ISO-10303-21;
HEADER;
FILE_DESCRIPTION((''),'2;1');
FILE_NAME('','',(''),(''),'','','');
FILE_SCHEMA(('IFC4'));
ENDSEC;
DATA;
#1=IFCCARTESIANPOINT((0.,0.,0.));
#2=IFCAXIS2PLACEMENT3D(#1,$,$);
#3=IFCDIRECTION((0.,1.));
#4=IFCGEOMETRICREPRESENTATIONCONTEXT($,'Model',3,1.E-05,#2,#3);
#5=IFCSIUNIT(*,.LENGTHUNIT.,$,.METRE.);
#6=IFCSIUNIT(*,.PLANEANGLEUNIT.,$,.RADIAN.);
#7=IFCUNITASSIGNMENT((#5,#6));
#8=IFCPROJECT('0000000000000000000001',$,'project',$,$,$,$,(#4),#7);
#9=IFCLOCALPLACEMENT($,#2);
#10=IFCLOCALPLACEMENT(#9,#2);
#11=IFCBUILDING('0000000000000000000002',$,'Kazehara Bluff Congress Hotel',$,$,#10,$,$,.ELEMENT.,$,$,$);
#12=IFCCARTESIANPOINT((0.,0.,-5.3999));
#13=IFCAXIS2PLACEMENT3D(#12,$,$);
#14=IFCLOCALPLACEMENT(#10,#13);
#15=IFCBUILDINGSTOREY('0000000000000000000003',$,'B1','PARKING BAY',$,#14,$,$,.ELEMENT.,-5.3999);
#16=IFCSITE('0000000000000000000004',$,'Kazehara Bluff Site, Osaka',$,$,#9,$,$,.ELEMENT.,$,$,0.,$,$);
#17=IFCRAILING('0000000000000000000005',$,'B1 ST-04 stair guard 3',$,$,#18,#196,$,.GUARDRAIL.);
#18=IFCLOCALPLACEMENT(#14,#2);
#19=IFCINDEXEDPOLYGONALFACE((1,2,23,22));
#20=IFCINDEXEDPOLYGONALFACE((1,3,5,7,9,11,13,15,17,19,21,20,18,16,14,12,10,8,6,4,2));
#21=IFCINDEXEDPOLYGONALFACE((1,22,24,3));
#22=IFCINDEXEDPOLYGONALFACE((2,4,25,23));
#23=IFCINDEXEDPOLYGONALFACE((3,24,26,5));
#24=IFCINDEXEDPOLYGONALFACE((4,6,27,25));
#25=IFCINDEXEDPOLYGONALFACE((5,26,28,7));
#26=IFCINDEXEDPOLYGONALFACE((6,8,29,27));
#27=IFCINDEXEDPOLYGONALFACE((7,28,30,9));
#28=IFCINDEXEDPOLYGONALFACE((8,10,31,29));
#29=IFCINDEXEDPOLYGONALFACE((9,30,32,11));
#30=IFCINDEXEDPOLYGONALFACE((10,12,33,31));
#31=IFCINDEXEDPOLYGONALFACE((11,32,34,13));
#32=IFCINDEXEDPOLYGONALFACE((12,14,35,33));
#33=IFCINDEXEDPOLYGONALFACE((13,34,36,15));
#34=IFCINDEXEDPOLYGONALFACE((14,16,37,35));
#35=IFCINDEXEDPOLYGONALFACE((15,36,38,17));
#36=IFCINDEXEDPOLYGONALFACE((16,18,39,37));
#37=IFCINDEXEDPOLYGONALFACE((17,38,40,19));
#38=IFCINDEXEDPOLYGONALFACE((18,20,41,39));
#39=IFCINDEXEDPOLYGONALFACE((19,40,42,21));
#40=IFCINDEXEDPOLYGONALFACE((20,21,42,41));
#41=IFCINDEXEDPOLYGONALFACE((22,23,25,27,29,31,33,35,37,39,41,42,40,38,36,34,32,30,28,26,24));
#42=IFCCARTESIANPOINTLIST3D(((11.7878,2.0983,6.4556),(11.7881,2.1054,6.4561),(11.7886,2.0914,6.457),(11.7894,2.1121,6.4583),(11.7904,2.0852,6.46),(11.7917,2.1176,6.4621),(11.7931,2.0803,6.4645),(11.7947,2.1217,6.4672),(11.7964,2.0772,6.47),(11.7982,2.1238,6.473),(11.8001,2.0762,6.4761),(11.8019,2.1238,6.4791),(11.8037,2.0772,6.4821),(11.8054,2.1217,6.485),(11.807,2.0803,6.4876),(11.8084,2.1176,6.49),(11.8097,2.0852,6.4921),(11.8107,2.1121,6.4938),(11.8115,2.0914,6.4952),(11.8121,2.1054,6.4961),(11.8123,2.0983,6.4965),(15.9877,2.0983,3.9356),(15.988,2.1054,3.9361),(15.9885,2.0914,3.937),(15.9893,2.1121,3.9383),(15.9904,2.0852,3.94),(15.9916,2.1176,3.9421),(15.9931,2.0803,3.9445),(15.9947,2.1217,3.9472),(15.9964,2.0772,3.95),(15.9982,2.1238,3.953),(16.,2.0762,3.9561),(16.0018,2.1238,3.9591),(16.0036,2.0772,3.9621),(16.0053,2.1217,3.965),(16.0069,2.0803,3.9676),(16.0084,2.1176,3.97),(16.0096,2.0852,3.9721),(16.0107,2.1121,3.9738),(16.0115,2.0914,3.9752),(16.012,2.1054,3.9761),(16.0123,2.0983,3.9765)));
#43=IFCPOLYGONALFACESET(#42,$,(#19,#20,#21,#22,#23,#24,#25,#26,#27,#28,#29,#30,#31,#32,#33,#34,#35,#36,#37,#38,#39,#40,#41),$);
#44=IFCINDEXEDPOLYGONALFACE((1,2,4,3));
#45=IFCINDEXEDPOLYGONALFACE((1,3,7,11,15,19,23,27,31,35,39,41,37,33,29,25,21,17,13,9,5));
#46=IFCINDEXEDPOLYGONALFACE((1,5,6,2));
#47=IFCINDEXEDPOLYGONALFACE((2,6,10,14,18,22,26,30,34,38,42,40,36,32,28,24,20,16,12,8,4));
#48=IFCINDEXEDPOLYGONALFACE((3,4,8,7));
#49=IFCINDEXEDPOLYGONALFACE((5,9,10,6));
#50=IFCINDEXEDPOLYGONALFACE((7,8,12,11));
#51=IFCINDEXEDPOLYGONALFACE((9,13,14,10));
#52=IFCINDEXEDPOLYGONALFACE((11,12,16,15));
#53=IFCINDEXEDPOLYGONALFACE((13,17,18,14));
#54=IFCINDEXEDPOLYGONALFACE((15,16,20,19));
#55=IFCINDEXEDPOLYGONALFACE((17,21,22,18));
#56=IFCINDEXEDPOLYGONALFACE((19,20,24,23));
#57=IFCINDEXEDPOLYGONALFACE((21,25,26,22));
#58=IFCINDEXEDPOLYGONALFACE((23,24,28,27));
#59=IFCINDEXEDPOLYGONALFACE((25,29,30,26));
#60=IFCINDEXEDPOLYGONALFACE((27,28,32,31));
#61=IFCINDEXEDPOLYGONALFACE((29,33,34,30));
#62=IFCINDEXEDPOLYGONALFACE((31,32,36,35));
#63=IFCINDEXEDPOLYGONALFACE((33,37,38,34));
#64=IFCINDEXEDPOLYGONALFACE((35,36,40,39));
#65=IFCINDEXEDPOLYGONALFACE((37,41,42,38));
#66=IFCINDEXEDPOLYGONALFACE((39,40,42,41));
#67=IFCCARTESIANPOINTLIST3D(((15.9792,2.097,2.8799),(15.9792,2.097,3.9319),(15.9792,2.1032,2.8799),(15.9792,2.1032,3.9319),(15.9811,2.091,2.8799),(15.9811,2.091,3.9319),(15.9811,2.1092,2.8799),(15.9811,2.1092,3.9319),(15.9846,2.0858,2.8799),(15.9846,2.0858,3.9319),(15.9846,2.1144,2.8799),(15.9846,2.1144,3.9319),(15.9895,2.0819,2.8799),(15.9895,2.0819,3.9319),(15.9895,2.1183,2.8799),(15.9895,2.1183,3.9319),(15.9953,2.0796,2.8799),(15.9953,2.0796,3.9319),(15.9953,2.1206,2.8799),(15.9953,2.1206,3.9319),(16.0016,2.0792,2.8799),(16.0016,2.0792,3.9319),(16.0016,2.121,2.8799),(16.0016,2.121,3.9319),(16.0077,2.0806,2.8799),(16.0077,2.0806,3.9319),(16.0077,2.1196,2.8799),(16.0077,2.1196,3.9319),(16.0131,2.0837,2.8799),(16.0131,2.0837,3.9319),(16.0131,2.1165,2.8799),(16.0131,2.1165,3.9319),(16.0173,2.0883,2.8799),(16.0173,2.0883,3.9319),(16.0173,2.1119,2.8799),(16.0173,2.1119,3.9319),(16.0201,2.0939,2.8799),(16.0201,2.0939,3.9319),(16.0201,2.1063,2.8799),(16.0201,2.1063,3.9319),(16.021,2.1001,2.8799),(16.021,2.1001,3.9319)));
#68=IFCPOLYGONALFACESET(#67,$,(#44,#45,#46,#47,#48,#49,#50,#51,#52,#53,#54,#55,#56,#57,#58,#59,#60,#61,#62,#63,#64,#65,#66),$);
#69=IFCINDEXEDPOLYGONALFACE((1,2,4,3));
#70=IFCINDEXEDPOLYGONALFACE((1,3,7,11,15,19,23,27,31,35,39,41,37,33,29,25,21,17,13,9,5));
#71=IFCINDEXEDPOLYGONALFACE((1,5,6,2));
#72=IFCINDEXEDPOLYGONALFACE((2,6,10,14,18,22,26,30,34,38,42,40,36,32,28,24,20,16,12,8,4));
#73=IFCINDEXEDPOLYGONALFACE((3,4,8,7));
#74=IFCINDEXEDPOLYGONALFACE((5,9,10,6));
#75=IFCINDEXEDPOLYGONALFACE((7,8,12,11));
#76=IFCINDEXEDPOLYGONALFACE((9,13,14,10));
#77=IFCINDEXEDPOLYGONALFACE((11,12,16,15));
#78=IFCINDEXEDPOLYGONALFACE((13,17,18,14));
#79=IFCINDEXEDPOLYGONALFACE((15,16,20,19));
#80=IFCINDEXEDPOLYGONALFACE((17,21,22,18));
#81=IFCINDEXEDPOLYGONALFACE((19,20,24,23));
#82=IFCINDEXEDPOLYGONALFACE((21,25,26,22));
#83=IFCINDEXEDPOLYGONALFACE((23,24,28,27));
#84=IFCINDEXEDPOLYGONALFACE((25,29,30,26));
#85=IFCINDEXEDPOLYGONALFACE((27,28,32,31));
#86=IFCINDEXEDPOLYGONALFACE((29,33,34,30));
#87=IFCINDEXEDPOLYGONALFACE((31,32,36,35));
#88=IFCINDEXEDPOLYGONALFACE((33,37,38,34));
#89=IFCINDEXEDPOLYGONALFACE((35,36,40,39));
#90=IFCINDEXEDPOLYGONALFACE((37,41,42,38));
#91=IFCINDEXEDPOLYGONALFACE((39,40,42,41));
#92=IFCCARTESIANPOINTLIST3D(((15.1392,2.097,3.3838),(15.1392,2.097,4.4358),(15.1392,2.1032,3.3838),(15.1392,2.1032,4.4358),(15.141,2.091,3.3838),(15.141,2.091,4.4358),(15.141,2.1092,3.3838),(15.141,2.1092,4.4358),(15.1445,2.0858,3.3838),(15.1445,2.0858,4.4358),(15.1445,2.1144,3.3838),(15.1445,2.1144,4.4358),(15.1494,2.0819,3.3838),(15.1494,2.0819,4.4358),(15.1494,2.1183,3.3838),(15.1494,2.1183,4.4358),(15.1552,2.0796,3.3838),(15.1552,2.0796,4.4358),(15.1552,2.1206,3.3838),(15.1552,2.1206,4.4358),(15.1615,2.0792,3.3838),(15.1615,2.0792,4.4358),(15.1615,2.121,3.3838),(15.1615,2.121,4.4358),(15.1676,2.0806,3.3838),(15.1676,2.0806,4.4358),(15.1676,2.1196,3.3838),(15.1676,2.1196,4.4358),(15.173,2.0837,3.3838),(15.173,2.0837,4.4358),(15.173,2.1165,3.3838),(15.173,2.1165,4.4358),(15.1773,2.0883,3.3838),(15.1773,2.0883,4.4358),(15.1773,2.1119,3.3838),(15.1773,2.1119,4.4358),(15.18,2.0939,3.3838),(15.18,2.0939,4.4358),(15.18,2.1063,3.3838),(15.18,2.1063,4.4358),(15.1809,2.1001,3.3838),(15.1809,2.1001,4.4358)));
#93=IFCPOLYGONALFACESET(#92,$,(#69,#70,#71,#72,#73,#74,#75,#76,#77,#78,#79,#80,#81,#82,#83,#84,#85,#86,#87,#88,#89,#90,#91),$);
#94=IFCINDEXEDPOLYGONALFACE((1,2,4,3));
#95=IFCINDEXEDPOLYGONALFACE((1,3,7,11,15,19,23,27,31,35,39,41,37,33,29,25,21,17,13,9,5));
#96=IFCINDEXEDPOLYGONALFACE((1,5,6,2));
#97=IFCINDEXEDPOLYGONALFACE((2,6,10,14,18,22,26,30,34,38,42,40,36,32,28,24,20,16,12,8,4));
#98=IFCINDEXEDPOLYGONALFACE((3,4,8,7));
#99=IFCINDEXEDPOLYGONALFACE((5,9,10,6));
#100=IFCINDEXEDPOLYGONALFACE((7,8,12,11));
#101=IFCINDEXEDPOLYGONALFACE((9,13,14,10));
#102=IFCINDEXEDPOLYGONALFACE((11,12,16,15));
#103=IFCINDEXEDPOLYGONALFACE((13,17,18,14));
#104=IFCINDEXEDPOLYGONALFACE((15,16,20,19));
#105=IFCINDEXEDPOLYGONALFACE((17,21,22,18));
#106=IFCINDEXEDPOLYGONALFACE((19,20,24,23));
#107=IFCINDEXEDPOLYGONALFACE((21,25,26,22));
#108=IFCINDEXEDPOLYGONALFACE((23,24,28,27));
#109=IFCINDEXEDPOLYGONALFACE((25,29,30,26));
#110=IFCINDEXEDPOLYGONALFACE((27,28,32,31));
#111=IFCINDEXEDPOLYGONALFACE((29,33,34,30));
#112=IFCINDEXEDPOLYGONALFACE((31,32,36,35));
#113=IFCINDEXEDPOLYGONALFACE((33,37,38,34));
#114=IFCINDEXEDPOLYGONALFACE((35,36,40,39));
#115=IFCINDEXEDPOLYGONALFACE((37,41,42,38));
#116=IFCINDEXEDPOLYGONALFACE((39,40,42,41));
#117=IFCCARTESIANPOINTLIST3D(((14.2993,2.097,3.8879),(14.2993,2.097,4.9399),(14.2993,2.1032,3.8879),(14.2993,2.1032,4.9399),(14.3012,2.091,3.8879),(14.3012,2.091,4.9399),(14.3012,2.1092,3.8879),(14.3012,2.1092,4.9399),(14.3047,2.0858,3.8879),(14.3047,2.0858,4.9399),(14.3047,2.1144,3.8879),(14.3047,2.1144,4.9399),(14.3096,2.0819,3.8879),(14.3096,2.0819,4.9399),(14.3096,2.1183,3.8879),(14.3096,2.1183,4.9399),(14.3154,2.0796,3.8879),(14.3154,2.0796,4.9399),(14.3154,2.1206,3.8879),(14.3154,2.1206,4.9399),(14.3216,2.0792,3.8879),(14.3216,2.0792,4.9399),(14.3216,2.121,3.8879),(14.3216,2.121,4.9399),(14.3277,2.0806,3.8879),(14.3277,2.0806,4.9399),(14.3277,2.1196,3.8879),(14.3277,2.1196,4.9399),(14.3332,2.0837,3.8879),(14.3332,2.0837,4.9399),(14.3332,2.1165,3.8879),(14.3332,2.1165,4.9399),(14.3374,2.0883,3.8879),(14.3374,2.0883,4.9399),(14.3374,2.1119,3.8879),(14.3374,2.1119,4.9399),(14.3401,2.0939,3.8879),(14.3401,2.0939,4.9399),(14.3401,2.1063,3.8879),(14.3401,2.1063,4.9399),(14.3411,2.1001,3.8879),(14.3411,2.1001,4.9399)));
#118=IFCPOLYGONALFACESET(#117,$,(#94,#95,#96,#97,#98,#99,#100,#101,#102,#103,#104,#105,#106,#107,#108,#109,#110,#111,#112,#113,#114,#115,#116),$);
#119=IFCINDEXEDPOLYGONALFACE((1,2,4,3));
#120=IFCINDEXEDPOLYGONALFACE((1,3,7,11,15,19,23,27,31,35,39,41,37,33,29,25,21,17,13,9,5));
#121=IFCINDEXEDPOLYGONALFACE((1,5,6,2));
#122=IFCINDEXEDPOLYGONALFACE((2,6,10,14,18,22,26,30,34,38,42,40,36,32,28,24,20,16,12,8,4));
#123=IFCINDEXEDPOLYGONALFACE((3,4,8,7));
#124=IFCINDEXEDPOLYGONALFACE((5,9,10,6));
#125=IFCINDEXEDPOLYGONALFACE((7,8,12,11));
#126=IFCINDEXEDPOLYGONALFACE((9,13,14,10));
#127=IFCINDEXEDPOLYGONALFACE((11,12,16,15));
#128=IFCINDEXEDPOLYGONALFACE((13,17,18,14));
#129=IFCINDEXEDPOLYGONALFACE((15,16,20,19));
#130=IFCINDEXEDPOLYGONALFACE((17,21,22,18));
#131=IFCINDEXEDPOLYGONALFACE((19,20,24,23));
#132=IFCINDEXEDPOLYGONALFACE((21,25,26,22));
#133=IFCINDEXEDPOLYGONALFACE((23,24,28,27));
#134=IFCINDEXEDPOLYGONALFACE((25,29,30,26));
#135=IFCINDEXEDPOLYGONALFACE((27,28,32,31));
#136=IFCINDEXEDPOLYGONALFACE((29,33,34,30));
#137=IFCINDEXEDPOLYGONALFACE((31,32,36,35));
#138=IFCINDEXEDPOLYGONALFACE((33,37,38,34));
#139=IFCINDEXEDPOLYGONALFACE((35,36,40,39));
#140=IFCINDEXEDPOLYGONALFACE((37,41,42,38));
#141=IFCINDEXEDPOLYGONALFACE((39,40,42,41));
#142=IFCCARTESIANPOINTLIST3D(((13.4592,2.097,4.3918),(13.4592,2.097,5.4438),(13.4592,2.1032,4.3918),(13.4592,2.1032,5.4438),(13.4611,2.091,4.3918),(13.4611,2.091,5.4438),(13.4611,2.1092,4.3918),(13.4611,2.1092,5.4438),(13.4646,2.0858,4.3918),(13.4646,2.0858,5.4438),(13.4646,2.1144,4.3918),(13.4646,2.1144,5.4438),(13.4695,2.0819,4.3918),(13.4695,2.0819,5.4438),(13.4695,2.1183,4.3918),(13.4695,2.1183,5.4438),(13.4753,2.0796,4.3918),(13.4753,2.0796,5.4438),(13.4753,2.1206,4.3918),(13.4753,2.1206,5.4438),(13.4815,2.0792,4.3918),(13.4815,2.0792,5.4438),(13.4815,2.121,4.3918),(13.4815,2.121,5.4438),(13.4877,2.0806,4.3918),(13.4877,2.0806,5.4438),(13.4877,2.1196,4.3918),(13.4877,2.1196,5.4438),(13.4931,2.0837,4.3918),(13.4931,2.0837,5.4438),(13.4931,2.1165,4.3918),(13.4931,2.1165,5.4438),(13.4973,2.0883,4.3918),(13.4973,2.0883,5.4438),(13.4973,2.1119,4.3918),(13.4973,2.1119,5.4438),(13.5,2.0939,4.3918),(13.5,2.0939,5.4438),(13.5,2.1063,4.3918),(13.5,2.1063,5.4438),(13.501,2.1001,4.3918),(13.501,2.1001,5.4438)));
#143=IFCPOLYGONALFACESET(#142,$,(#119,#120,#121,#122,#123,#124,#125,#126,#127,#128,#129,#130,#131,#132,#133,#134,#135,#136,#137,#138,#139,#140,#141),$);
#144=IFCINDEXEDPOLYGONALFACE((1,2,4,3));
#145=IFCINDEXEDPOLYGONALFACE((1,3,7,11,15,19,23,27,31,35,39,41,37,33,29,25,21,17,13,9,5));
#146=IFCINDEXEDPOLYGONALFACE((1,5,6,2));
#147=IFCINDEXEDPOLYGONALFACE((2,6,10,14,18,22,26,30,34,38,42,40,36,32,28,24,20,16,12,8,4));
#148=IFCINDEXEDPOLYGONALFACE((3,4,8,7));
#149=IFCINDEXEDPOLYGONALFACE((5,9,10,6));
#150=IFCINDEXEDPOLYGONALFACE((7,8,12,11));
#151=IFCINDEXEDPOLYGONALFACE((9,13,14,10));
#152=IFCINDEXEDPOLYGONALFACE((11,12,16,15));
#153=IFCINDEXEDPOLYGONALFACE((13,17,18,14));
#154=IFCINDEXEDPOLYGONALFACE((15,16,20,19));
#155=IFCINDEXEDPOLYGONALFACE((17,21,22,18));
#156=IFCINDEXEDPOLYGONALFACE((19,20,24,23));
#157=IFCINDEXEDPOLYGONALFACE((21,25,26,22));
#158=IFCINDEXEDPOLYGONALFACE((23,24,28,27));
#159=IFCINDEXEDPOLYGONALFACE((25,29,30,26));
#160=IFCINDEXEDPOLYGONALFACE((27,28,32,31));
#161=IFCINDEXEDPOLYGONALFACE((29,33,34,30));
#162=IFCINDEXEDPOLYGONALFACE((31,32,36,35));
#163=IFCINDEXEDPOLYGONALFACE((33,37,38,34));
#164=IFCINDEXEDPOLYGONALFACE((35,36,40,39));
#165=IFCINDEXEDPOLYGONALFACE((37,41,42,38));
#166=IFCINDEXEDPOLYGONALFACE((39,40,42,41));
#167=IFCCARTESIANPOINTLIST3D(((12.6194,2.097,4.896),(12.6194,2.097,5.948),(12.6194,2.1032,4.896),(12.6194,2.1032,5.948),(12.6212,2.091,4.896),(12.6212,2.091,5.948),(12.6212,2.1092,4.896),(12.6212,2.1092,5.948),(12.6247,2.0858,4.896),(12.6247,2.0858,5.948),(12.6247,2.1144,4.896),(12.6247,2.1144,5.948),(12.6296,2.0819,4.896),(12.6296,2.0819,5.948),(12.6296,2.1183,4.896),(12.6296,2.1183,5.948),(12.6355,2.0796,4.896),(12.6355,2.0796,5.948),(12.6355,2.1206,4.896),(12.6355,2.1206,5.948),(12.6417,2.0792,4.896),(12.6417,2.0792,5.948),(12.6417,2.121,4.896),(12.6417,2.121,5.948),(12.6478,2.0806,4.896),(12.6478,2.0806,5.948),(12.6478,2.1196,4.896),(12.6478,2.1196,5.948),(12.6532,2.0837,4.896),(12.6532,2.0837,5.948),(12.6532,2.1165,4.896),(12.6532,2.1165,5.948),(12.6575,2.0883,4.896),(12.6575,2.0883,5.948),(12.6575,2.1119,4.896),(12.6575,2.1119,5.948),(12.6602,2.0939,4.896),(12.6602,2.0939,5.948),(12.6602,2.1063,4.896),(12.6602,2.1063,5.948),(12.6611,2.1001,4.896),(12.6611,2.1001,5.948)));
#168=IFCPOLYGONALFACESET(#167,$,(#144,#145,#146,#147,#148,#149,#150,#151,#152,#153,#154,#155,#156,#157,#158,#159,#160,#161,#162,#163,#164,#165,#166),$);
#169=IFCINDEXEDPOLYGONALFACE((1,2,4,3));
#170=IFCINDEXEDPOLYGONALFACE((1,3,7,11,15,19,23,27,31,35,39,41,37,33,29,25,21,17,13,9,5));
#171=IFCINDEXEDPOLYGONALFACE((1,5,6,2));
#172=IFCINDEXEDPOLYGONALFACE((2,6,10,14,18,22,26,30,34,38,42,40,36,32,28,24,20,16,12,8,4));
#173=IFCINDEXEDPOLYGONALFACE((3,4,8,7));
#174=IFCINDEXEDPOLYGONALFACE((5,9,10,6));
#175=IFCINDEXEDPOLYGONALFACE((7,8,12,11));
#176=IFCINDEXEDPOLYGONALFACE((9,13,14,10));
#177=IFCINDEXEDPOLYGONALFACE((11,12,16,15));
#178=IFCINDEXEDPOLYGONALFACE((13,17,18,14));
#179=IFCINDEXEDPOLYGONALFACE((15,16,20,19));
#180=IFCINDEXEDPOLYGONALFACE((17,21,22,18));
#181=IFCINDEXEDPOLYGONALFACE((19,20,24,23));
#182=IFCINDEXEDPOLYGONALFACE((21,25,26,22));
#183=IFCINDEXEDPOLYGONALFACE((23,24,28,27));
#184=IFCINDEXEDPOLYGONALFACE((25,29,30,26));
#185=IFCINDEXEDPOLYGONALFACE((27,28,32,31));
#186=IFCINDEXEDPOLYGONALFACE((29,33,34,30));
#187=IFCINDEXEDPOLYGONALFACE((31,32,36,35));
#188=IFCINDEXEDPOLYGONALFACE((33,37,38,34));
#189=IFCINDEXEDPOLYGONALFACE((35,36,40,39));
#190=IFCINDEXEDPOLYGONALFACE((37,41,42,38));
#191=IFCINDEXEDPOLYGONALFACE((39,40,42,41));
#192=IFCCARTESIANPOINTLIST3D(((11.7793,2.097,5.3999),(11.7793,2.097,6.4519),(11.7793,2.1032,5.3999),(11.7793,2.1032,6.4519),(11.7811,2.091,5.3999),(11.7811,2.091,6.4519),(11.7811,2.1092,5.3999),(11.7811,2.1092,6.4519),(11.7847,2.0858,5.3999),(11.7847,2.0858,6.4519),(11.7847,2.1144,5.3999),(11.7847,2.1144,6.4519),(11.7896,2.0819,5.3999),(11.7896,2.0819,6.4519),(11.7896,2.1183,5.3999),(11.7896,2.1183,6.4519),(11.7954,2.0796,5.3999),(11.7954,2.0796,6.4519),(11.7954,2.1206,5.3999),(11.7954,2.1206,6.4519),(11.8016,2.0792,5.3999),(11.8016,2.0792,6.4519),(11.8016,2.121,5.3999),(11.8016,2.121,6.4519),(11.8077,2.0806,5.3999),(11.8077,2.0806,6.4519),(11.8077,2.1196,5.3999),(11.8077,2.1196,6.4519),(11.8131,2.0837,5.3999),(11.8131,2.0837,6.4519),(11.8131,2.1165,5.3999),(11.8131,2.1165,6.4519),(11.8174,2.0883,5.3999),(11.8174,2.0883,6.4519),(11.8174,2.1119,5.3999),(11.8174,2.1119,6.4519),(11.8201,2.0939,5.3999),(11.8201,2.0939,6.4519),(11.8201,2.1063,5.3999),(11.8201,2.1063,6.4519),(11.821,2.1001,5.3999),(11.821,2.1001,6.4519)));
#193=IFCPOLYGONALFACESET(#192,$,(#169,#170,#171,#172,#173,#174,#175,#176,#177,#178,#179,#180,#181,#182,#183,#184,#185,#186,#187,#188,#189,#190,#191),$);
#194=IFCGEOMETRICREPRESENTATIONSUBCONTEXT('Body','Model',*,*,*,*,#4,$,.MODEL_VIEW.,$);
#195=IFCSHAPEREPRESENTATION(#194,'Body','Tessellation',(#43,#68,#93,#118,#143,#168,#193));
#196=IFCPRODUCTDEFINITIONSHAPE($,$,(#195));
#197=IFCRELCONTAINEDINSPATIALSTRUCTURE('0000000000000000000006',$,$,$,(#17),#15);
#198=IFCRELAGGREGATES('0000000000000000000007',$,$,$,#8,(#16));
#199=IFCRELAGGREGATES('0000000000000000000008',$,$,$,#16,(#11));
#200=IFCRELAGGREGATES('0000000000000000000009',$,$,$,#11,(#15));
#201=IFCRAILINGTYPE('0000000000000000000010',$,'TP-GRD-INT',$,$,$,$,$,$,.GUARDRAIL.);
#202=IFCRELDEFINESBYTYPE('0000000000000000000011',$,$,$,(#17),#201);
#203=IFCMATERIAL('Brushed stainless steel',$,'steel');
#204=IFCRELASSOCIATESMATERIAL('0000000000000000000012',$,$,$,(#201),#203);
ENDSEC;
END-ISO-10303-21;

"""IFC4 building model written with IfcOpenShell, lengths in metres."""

from ifc_helpers import new_model, si_unit, direction, frame, origin, origin_2d, place, context, subcontext, project, spatial, circle, extrude, material, type_object, element, save


model = new_model("IFC4")

# Units and contexts
model_context = context("Model", 3, precision=1e-05, world=origin(), true_north=direction((0.0, 1.0)))
body_context = subcontext(model_context, "Body", "Model", "MODEL_VIEW")
ifc_project = project(units=[si_unit("LENGTHUNIT", "METRE"), si_unit("PLANEANGLEUNIT", "RADIAN")], contexts=[model_context])

# Site, building, storey
site_placement = place(None, origin())
site = spatial("IfcSite", under=ifc_project, at=site_placement, Name="Kazehara Bluff Site, Osaka", CompositionType="ELEMENT", RefElevation=0.0)
building_placement = place(site_placement, origin())
building = spatial("IfcBuilding", under=site, at=building_placement, Name="Kazehara Bluff Congress Hotel", CompositionType="ELEMENT")
storey_placement = place(building_placement, frame((0.0, 0.0, -5.3999)))
storey = spatial("IfcBuildingStorey", under=building, at=storey_placement, Name="B1", Description="PARKING BAY", CompositionType="ELEMENT", Elevation=-5.3999)

# Railing
ifc_material_1 = material(Name="Brushed stainless steel", Category="steel")
railing_type_1 = type_object("IfcRailingType", Name="TP-GRD-INT", PredefinedType="GUARDRAIL", material=ifc_material_1)
railing_1_placement = place(storey_placement, frame((16.0, 2.1001, 2.8799)))
element("IfcRailing", 1, at=railing_1_placement, inside=storey, type_object=railing_type_1, Name="B1 ST-04 stair guard 3", PredefinedType="GUARDRAIL", context=body_context, shape_type="SweptSolid", body=[
    extrude(circle(Radius=0.0239, at=origin_2d()), frame((0.0, 0.0, 1.0762), z_axis=(-0.857489, 0.0, 0.514503), x_axis=(0.0, -1.0, 0.0)), (0.0, 0.0, 1.0), 4.8979),
    extrude(circle(Radius=0.021, at=origin_2d()), origin(), (0.0, 0.0, 1.0), 1.052),
    extrude(circle(Radius=0.021, at=origin_2d()), frame((-0.8401, 0.0, 0.5039)), (0.0, 0.0, 1.0), 1.052),
    extrude(circle(Radius=0.021, at=origin_2d()), frame((-1.6799, 0.0, 1.0081)), (0.0, 0.0, 1.0), 1.052),
    extrude(circle(Radius=0.021, at=origin_2d()), frame((-2.52, 0.0, 1.512)), (0.0, 0.0, 1.0), 1.052),
    extrude(circle(Radius=0.021, at=origin_2d()), frame((-3.3599, 0.0, 2.0161)), (0.0, 0.0, 1.0), 1.052),
    extrude(circle(Radius=0.021, at=origin_2d()), frame((-4.2, 0.0, 2.52)), (0.0, 0.0, 1.0), 1.052),
])

save(model, "model.ifc")
